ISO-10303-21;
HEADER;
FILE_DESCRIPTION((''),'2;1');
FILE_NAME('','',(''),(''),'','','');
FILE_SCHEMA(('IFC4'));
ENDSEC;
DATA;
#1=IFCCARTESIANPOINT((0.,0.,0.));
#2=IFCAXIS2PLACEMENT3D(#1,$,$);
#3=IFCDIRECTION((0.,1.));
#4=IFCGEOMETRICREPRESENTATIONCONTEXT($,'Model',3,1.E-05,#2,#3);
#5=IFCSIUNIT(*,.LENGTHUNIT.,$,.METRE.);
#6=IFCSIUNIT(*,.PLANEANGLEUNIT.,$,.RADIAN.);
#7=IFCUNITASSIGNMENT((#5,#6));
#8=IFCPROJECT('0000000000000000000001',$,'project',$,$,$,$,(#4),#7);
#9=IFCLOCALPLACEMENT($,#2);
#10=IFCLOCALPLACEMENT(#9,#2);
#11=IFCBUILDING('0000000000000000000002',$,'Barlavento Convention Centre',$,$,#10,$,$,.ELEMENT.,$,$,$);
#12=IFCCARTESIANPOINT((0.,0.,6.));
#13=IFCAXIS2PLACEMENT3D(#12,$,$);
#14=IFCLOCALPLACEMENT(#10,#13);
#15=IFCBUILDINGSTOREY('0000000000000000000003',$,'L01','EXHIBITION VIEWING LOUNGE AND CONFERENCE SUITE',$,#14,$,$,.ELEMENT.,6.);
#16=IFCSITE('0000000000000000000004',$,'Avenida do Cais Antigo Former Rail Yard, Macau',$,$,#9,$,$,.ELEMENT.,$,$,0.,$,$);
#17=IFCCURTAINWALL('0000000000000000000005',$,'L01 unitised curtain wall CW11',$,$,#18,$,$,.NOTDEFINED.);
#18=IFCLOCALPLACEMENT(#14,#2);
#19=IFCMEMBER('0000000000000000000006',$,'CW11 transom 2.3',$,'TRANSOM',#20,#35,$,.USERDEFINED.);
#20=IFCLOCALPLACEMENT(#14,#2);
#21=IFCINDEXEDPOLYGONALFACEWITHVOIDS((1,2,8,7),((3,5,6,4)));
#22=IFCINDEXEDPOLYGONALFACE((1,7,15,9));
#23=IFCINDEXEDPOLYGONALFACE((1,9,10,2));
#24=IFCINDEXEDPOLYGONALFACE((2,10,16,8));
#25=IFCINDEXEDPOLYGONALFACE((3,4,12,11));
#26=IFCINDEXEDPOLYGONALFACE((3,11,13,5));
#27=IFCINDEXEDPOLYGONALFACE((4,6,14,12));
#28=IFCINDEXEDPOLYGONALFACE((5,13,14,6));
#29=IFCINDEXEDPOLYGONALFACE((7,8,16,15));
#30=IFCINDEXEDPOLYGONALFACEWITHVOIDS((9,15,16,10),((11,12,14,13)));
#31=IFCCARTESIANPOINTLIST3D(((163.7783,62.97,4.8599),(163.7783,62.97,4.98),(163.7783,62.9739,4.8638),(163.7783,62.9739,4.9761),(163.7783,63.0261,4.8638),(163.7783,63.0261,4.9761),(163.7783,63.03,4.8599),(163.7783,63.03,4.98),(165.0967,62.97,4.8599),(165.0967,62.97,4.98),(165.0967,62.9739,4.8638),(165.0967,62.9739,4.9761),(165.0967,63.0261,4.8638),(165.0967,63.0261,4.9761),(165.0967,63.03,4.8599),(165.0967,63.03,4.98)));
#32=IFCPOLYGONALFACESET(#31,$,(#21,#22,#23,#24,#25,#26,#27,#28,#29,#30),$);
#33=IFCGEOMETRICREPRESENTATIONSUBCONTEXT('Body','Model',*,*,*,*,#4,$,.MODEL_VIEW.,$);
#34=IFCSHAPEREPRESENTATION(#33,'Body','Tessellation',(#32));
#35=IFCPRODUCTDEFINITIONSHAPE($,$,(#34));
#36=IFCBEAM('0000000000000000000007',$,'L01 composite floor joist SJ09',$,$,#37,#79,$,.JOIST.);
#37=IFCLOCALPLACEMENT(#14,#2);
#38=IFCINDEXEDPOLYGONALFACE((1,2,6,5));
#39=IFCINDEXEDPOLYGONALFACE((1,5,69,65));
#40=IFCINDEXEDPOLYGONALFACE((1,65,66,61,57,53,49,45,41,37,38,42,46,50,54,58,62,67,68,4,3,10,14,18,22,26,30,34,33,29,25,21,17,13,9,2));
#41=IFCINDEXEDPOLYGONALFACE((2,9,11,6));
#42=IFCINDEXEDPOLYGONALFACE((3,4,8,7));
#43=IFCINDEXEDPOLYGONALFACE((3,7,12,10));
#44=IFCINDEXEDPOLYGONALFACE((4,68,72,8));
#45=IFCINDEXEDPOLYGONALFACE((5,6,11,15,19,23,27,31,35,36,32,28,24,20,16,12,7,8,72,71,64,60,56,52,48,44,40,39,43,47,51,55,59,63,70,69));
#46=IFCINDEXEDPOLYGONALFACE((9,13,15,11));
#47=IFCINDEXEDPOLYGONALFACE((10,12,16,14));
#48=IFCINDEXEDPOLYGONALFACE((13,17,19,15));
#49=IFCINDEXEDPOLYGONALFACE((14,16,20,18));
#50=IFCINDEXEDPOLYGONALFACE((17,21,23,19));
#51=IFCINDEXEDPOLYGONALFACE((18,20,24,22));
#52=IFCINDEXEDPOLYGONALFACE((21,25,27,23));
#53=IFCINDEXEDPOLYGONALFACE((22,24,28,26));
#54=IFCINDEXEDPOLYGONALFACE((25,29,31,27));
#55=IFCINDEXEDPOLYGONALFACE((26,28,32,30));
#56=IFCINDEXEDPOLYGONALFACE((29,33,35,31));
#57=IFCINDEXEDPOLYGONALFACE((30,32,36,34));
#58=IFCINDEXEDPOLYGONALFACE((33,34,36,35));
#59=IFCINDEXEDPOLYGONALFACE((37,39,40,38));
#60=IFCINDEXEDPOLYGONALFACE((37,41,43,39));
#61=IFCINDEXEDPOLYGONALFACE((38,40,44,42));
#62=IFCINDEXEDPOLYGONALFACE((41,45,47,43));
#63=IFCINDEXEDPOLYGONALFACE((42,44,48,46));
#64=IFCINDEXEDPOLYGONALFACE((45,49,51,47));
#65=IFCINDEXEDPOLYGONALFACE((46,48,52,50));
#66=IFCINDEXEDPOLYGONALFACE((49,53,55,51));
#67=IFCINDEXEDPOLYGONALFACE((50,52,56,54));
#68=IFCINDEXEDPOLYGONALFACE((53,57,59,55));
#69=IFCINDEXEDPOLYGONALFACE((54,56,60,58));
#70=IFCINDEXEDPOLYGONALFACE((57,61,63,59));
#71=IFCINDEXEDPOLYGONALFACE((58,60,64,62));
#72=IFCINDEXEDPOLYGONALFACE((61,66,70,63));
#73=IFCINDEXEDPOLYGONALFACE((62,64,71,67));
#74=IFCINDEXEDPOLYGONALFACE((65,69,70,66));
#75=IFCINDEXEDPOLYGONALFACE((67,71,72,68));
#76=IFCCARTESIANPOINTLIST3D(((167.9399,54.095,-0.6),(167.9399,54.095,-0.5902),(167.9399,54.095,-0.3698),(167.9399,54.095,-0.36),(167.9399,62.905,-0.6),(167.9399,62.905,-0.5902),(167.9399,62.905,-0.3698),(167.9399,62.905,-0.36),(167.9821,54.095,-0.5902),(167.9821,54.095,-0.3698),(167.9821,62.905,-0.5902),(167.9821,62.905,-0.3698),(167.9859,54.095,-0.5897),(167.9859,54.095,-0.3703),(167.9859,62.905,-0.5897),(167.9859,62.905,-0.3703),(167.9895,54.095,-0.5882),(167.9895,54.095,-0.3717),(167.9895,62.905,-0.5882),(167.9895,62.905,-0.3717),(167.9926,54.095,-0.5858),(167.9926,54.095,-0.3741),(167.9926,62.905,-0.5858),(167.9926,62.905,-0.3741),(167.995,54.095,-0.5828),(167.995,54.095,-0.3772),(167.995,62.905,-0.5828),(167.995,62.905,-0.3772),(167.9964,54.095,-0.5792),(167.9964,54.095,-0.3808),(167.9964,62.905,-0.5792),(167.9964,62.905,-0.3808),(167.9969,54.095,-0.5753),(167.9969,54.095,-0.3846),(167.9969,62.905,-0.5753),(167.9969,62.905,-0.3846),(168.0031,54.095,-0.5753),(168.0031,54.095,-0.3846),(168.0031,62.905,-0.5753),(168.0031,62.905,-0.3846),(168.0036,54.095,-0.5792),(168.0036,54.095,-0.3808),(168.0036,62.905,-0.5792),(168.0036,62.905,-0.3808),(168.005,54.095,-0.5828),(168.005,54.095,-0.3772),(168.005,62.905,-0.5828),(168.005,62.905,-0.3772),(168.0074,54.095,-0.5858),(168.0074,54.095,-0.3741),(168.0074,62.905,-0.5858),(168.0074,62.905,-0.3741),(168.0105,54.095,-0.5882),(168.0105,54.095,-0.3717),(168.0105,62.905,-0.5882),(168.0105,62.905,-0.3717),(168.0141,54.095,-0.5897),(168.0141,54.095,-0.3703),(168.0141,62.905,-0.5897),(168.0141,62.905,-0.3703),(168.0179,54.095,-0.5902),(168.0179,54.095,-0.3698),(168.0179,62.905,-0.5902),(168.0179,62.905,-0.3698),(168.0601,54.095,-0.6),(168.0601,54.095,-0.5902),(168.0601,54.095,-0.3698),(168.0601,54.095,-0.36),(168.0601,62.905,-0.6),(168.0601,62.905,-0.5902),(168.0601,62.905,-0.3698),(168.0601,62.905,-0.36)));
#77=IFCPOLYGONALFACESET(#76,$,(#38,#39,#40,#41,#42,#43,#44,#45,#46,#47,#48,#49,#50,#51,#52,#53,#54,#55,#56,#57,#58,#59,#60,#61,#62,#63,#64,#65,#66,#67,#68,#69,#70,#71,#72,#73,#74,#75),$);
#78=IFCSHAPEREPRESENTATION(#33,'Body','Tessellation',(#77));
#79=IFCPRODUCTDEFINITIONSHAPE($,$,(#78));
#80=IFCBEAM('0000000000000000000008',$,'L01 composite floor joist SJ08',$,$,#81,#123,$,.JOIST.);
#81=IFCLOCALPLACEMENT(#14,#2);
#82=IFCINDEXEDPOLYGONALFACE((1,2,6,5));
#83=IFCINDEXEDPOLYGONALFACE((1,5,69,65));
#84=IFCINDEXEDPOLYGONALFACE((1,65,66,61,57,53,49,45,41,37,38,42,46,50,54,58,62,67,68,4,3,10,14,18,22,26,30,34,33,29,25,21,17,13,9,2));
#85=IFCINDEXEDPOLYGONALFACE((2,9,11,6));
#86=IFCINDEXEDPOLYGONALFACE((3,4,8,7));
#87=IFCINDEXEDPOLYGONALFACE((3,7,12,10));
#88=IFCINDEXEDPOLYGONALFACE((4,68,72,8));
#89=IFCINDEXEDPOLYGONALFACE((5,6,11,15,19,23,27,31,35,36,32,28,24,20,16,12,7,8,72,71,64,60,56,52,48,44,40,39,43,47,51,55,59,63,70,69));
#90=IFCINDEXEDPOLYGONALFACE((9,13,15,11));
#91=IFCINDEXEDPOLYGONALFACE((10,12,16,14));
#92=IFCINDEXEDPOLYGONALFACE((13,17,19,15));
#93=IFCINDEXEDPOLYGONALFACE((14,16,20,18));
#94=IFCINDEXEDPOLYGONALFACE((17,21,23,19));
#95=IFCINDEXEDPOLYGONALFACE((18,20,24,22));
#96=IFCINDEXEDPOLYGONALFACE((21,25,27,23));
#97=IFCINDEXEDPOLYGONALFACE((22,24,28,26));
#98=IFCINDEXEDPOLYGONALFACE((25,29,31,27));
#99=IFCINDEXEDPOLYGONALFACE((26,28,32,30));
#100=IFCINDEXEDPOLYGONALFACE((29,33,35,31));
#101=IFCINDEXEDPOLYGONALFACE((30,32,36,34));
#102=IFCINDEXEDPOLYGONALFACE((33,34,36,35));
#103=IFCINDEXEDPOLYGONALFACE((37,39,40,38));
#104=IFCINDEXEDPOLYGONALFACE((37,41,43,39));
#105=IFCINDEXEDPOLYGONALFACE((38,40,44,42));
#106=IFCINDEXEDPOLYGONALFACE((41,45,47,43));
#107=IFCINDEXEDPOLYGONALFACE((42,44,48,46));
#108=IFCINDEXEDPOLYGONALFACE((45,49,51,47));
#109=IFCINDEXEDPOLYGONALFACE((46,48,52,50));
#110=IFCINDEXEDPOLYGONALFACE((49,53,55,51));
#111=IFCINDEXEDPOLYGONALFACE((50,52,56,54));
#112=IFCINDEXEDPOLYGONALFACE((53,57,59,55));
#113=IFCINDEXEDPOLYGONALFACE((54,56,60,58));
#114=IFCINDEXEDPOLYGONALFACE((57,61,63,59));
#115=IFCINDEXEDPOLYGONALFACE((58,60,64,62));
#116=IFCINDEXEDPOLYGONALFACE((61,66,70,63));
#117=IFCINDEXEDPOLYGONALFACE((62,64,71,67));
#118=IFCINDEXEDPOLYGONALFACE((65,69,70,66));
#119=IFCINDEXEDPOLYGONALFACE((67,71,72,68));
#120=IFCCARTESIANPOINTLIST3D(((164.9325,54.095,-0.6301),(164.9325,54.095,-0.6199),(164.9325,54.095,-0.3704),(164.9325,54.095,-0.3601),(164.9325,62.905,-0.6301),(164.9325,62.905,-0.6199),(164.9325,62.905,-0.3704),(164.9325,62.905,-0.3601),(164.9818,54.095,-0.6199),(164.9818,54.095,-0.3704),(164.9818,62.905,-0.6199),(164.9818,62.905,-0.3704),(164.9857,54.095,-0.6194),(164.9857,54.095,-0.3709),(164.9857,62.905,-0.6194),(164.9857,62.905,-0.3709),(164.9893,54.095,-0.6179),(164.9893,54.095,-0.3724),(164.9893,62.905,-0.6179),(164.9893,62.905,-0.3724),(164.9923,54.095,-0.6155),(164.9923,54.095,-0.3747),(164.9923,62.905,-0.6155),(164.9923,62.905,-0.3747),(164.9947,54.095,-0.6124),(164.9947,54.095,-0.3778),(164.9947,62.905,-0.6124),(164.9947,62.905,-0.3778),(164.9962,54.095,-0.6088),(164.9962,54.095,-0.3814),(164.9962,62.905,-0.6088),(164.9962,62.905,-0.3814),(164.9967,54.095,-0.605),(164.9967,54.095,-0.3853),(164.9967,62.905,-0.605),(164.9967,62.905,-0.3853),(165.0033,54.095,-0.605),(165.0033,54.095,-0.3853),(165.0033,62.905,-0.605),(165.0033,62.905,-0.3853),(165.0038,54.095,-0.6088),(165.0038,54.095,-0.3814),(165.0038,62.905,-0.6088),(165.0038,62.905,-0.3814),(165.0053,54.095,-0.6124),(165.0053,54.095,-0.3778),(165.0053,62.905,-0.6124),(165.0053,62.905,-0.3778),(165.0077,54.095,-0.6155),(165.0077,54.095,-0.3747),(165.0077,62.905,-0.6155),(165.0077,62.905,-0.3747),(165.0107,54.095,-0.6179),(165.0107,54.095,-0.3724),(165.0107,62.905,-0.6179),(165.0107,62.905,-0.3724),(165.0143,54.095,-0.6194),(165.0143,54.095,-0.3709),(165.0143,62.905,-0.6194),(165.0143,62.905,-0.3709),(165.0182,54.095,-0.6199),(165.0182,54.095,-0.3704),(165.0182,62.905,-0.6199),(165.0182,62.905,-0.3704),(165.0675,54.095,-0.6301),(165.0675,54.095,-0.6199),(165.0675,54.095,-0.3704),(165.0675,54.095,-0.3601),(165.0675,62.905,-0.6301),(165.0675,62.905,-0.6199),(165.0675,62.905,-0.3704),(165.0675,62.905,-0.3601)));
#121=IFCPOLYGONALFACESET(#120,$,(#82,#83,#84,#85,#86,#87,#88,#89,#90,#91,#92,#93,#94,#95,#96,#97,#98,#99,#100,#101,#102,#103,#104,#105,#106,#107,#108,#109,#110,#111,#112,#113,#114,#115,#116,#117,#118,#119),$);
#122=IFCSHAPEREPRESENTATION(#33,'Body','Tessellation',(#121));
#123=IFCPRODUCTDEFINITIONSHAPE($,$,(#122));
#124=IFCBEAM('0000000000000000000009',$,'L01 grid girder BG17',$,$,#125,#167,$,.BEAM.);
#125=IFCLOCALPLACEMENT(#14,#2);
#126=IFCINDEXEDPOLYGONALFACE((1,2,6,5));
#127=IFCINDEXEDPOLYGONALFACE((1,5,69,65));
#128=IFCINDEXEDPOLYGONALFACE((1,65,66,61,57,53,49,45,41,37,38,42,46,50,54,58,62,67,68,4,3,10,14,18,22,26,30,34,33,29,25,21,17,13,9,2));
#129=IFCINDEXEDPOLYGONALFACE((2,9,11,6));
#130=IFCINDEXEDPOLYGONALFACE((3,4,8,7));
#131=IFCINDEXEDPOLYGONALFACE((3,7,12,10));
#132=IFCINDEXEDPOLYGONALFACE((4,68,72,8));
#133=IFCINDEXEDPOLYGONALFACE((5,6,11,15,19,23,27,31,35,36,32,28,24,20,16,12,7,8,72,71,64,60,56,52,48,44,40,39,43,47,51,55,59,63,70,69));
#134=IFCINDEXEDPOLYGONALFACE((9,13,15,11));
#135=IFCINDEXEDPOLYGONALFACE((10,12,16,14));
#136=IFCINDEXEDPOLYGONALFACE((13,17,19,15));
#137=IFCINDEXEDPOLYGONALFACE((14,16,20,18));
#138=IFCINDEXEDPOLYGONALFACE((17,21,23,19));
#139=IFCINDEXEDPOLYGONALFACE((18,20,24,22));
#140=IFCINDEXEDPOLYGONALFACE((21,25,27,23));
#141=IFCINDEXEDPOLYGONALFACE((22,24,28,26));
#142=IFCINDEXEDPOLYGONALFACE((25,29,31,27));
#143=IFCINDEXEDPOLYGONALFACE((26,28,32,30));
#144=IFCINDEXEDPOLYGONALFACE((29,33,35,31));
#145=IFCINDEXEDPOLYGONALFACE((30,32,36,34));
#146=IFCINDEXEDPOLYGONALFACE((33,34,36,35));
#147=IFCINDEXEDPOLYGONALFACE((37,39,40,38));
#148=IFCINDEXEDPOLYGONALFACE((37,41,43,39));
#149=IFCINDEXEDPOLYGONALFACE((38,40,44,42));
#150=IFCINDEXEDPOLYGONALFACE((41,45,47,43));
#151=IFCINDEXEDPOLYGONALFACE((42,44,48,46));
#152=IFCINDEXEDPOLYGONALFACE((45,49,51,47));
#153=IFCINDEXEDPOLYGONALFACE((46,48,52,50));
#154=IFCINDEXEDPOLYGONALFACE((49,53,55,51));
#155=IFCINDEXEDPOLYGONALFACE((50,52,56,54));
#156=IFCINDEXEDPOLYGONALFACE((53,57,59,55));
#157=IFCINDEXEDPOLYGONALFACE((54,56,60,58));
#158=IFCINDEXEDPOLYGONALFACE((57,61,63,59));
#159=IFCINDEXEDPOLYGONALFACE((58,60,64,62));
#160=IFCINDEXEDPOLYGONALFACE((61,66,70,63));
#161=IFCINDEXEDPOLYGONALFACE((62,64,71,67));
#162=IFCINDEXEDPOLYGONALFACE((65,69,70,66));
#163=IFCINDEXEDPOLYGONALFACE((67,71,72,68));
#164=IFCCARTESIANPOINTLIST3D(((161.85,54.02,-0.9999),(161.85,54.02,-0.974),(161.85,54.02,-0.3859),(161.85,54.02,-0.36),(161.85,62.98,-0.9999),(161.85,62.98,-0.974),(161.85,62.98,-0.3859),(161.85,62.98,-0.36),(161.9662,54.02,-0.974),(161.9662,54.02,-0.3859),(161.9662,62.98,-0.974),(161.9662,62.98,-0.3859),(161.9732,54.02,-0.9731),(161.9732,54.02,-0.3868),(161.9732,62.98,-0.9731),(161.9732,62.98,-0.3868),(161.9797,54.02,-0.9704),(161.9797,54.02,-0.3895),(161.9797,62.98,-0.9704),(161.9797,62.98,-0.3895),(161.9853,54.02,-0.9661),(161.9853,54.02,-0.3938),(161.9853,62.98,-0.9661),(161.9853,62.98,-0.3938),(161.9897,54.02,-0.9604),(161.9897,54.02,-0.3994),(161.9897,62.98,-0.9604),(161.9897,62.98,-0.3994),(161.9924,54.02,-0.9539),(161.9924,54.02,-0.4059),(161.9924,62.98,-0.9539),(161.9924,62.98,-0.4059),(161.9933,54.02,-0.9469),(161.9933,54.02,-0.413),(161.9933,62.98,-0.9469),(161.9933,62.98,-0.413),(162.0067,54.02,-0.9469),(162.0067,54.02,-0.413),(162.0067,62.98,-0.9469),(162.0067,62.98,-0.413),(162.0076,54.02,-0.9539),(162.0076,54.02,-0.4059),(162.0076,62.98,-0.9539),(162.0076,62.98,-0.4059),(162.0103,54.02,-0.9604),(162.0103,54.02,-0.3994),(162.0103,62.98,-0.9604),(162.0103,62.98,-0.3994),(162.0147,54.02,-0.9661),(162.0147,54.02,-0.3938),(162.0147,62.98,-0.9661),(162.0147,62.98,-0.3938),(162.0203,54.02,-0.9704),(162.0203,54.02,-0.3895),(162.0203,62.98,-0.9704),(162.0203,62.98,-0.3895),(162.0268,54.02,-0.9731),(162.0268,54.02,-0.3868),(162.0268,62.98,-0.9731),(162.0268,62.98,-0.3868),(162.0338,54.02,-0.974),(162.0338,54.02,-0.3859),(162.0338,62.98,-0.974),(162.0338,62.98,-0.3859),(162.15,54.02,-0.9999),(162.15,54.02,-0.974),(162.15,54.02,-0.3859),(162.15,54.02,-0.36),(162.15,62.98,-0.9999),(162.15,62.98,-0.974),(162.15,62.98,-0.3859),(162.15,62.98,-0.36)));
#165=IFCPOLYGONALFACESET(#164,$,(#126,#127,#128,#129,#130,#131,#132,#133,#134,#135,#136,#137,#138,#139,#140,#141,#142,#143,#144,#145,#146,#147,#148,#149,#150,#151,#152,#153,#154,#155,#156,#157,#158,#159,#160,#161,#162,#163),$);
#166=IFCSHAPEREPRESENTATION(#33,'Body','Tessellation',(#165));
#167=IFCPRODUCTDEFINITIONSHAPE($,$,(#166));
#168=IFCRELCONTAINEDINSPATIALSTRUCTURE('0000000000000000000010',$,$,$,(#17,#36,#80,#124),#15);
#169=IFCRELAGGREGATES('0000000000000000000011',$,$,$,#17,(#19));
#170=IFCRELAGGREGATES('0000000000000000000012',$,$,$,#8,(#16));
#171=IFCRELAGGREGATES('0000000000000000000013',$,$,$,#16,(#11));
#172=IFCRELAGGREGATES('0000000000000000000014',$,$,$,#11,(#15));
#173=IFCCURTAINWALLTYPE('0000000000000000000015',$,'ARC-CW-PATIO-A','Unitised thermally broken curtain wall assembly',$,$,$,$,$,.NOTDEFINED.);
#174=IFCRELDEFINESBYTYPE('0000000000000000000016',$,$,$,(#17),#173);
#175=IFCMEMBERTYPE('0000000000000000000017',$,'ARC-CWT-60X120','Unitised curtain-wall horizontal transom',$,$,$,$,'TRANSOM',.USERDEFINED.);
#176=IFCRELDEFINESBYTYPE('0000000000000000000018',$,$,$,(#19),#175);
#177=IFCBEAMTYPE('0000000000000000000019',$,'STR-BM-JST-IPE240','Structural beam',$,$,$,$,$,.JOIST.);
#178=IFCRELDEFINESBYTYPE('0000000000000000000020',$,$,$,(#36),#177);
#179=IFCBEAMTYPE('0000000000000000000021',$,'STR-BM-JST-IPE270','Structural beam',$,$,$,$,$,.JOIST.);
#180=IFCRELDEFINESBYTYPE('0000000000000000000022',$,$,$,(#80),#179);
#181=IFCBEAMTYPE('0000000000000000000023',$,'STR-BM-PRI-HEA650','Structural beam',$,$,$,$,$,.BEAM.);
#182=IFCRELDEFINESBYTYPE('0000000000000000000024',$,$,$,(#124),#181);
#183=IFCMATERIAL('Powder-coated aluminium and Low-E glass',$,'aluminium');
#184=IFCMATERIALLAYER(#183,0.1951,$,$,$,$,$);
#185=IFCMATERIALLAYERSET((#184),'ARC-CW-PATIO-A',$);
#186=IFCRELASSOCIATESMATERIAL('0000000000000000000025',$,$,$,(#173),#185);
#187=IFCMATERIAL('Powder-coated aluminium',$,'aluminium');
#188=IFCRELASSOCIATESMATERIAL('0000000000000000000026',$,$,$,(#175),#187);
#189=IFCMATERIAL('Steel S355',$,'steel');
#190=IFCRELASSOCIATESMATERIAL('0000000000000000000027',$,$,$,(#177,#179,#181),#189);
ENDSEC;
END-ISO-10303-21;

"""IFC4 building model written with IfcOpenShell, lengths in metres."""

from ifc_helpers import new_model, si_unit, direction, frame, origin, origin_2d, place, context, subcontext, project, spatial, hollow_rectangle, i_section, extrude, material, layer, layer_set, material_profile, profile_set, type_object, element, aggregate, save


model = new_model("IFC4")

# Units and contexts
model_context = context("Model", 3, precision=1e-05, world=origin(), true_north=direction((0.0, 1.0)))
body_context = subcontext(model_context, "Body", "Model", "MODEL_VIEW")
ifc_project = project(units=[si_unit("LENGTHUNIT", "METRE"), si_unit("PLANEANGLEUNIT", "RADIAN")], contexts=[model_context])

# Site, building, storey
site_placement = place(None, origin())
site = spatial("IfcSite", under=ifc_project, at=site_placement, Name="Avenida do Cais Antigo Former Rail Yard, Macau", CompositionType="ELEMENT", RefElevation=0.0)
building_placement = place(site_placement, origin())
building = spatial("IfcBuilding", under=site, at=building_placement, Name="Barlavento Convention Centre", CompositionType="ELEMENT")
storey_placement = place(building_placement, frame((0.0, 0.0, 6.0)))
storey = spatial("IfcBuildingStorey", under=building, at=storey_placement, Name="L01", Description="EXHIBITION VIEWING LOUNGE AND CONFERENCE SUITE", CompositionType="ELEMENT", Elevation=6.0)

# Shared definitions
ifc_material_1 = material(Name="Steel S355", Category="steel")

# Curtain wall, member
ifc_material_2 = material(Name="Powder-coated aluminium and Low-E glass", Category="aluminium")
ifc_layer_1 = layer(ifc_material_2, 0.1951)
ifc_layer_set_1 = layer_set([ifc_layer_1], Name="ARC-CW-PATIO-A")
curtain_wall_type = type_object("IfcCurtainWallType", Name="ARC-CW-PATIO-A", Description="Unitised thermally broken curtain wall assembly", PredefinedType="NOTDEFINED", material=ifc_layer_set_1)
curtain_wall_placement = place(storey_placement, origin())
curtain_wall = element("IfcCurtainWall", 1, at=curtain_wall_placement, inside=storey, type_object=curtain_wall_type, Name="L01 unitised curtain wall CW11", PredefinedType="NOTDEFINED")
ifc_material_3 = material(Name="Powder-coated aluminium", Category="aluminium")
ifc_material_profile_1 = material_profile(ifc_material_3, hollow_rectangle(XDim=0.0601, YDim=0.1201, WallThickness=0.0039, at=origin_2d()), Name="AL-TRAN 60x120x4")
ifc_profile_set_1 = profile_set([ifc_material_profile_1], Name="Powder-coated aluminium")
member_type_1 = type_object("IfcMemberType", Name="ARC-CWT-60X120", Description="Unitised curtain-wall horizontal transom", ElementType="TRANSOM", PredefinedType="USERDEFINED", material=ifc_profile_set_1)
member_1_placement = place(storey_placement, frame((163.7783, 63.0, 4.9199), z_axis=(1.0, 0.0, 0.0), x_axis=(0.0, 1.0, 0.0)))
member_1 = element("IfcMember", 2, at=member_1_placement, type_object=member_type_1, Name="CW11 transom 2.3", ObjectType="TRANSOM", PredefinedType="USERDEFINED", context=body_context, shape_type="SweptSolid", body=[
    extrude(hollow_rectangle(XDim=0.0601, YDim=0.1201, WallThickness=0.0039, at=origin_2d()), origin(), (0.0, 0.0, 1.0), 1.3184),
])

# Beams
ifc_material_profile_2 = material_profile(ifc_material_1, i_section(OverallWidth=0.1201, OverallDepth=0.24, WebThickness=0.0061, FlangeThickness=0.0098, FilletRadius=0.0149, at=origin_2d()), Name="IPE 240")
ifc_profile_set_2 = profile_set([ifc_material_profile_2], Name="Steel S355")
beam_type_1 = type_object("IfcBeamType", Name="STR-BM-JST-IPE240", Description="Structural beam", PredefinedType="JOIST", material=ifc_profile_set_2)
beam_1_placement = place(storey_placement, frame((168.0, 54.095, -0.48), z_axis=(0.0, 1.0, 0.0), x_axis=(-1.0, 0.0, 0.0)))
element("IfcBeam", 3, at=beam_1_placement, inside=storey, type_object=beam_type_1, Name="L01 composite floor joist SJ09", PredefinedType="JOIST", context=body_context, shape_type="SweptSolid", body=[
    extrude(i_section(OverallWidth=0.1201, OverallDepth=0.24, WebThickness=0.0061, FlangeThickness=0.0098, FilletRadius=0.0149, at=origin_2d()), origin(), (0.0, 0.0, 1.0), 8.8101),
])
ifc_material_profile_3 = material_profile(ifc_material_1, i_section(OverallWidth=0.135, OverallDepth=0.27, WebThickness=0.0066, FlangeThickness=0.0103, FilletRadius=0.0149, at=origin_2d()), Name="IPE 270")
ifc_profile_set_3 = profile_set([ifc_material_profile_3], Name="Steel S355")
beam_type_2 = type_object("IfcBeamType", Name="STR-BM-JST-IPE270", Description="Structural beam", PredefinedType="JOIST", material=ifc_profile_set_3)
beam_2_placement = place(storey_placement, frame((165.0, 54.095, -0.4951), z_axis=(0.0, 1.0, 0.0), x_axis=(-1.0, 0.0, 0.0)))
element("IfcBeam", 4, at=beam_2_placement, inside=storey, type_object=beam_type_2, Name="L01 composite floor joist SJ08", PredefinedType="JOIST", context=body_context, shape_type="SweptSolid", body=[
    extrude(i_section(OverallWidth=0.135, OverallDepth=0.27, WebThickness=0.0066, FlangeThickness=0.0103, FilletRadius=0.0149, at=origin_2d()), origin(), (0.0, 0.0, 1.0), 8.8101),
])
ifc_material_profile_4 = material_profile(ifc_material_1, i_section(OverallWidth=0.3, OverallDepth=0.6399, WebThickness=0.0134, FlangeThickness=0.0259, FilletRadius=0.0271, at=origin_2d()), Name="HEA 650")
ifc_profile_set_4 = profile_set([ifc_material_profile_4], Name="Steel S355")
beam_type_3 = type_object("IfcBeamType", Name="STR-BM-PRI-HEA650", Description="Structural beam", PredefinedType="BEAM", material=ifc_profile_set_4)
beam_3_placement = place(storey_placement, frame((162.0, 54.02, -0.6799), z_axis=(0.0, 1.0, 0.0), x_axis=(-1.0, 0.0, 0.0)))
element("IfcBeam", 5, at=beam_3_placement, inside=storey, type_object=beam_type_3, Name="L01 grid girder BG17", PredefinedType="BEAM", context=body_context, shape_type="SweptSolid", body=[
    extrude(i_section(OverallWidth=0.3, OverallDepth=0.6399, WebThickness=0.0134, FlangeThickness=0.0259, FilletRadius=0.0271, at=origin_2d()), origin(), (0.0, 0.0, 1.0), 8.96),
])

aggregate(curtain_wall, [member_1])

save(model, "model.ifc")
